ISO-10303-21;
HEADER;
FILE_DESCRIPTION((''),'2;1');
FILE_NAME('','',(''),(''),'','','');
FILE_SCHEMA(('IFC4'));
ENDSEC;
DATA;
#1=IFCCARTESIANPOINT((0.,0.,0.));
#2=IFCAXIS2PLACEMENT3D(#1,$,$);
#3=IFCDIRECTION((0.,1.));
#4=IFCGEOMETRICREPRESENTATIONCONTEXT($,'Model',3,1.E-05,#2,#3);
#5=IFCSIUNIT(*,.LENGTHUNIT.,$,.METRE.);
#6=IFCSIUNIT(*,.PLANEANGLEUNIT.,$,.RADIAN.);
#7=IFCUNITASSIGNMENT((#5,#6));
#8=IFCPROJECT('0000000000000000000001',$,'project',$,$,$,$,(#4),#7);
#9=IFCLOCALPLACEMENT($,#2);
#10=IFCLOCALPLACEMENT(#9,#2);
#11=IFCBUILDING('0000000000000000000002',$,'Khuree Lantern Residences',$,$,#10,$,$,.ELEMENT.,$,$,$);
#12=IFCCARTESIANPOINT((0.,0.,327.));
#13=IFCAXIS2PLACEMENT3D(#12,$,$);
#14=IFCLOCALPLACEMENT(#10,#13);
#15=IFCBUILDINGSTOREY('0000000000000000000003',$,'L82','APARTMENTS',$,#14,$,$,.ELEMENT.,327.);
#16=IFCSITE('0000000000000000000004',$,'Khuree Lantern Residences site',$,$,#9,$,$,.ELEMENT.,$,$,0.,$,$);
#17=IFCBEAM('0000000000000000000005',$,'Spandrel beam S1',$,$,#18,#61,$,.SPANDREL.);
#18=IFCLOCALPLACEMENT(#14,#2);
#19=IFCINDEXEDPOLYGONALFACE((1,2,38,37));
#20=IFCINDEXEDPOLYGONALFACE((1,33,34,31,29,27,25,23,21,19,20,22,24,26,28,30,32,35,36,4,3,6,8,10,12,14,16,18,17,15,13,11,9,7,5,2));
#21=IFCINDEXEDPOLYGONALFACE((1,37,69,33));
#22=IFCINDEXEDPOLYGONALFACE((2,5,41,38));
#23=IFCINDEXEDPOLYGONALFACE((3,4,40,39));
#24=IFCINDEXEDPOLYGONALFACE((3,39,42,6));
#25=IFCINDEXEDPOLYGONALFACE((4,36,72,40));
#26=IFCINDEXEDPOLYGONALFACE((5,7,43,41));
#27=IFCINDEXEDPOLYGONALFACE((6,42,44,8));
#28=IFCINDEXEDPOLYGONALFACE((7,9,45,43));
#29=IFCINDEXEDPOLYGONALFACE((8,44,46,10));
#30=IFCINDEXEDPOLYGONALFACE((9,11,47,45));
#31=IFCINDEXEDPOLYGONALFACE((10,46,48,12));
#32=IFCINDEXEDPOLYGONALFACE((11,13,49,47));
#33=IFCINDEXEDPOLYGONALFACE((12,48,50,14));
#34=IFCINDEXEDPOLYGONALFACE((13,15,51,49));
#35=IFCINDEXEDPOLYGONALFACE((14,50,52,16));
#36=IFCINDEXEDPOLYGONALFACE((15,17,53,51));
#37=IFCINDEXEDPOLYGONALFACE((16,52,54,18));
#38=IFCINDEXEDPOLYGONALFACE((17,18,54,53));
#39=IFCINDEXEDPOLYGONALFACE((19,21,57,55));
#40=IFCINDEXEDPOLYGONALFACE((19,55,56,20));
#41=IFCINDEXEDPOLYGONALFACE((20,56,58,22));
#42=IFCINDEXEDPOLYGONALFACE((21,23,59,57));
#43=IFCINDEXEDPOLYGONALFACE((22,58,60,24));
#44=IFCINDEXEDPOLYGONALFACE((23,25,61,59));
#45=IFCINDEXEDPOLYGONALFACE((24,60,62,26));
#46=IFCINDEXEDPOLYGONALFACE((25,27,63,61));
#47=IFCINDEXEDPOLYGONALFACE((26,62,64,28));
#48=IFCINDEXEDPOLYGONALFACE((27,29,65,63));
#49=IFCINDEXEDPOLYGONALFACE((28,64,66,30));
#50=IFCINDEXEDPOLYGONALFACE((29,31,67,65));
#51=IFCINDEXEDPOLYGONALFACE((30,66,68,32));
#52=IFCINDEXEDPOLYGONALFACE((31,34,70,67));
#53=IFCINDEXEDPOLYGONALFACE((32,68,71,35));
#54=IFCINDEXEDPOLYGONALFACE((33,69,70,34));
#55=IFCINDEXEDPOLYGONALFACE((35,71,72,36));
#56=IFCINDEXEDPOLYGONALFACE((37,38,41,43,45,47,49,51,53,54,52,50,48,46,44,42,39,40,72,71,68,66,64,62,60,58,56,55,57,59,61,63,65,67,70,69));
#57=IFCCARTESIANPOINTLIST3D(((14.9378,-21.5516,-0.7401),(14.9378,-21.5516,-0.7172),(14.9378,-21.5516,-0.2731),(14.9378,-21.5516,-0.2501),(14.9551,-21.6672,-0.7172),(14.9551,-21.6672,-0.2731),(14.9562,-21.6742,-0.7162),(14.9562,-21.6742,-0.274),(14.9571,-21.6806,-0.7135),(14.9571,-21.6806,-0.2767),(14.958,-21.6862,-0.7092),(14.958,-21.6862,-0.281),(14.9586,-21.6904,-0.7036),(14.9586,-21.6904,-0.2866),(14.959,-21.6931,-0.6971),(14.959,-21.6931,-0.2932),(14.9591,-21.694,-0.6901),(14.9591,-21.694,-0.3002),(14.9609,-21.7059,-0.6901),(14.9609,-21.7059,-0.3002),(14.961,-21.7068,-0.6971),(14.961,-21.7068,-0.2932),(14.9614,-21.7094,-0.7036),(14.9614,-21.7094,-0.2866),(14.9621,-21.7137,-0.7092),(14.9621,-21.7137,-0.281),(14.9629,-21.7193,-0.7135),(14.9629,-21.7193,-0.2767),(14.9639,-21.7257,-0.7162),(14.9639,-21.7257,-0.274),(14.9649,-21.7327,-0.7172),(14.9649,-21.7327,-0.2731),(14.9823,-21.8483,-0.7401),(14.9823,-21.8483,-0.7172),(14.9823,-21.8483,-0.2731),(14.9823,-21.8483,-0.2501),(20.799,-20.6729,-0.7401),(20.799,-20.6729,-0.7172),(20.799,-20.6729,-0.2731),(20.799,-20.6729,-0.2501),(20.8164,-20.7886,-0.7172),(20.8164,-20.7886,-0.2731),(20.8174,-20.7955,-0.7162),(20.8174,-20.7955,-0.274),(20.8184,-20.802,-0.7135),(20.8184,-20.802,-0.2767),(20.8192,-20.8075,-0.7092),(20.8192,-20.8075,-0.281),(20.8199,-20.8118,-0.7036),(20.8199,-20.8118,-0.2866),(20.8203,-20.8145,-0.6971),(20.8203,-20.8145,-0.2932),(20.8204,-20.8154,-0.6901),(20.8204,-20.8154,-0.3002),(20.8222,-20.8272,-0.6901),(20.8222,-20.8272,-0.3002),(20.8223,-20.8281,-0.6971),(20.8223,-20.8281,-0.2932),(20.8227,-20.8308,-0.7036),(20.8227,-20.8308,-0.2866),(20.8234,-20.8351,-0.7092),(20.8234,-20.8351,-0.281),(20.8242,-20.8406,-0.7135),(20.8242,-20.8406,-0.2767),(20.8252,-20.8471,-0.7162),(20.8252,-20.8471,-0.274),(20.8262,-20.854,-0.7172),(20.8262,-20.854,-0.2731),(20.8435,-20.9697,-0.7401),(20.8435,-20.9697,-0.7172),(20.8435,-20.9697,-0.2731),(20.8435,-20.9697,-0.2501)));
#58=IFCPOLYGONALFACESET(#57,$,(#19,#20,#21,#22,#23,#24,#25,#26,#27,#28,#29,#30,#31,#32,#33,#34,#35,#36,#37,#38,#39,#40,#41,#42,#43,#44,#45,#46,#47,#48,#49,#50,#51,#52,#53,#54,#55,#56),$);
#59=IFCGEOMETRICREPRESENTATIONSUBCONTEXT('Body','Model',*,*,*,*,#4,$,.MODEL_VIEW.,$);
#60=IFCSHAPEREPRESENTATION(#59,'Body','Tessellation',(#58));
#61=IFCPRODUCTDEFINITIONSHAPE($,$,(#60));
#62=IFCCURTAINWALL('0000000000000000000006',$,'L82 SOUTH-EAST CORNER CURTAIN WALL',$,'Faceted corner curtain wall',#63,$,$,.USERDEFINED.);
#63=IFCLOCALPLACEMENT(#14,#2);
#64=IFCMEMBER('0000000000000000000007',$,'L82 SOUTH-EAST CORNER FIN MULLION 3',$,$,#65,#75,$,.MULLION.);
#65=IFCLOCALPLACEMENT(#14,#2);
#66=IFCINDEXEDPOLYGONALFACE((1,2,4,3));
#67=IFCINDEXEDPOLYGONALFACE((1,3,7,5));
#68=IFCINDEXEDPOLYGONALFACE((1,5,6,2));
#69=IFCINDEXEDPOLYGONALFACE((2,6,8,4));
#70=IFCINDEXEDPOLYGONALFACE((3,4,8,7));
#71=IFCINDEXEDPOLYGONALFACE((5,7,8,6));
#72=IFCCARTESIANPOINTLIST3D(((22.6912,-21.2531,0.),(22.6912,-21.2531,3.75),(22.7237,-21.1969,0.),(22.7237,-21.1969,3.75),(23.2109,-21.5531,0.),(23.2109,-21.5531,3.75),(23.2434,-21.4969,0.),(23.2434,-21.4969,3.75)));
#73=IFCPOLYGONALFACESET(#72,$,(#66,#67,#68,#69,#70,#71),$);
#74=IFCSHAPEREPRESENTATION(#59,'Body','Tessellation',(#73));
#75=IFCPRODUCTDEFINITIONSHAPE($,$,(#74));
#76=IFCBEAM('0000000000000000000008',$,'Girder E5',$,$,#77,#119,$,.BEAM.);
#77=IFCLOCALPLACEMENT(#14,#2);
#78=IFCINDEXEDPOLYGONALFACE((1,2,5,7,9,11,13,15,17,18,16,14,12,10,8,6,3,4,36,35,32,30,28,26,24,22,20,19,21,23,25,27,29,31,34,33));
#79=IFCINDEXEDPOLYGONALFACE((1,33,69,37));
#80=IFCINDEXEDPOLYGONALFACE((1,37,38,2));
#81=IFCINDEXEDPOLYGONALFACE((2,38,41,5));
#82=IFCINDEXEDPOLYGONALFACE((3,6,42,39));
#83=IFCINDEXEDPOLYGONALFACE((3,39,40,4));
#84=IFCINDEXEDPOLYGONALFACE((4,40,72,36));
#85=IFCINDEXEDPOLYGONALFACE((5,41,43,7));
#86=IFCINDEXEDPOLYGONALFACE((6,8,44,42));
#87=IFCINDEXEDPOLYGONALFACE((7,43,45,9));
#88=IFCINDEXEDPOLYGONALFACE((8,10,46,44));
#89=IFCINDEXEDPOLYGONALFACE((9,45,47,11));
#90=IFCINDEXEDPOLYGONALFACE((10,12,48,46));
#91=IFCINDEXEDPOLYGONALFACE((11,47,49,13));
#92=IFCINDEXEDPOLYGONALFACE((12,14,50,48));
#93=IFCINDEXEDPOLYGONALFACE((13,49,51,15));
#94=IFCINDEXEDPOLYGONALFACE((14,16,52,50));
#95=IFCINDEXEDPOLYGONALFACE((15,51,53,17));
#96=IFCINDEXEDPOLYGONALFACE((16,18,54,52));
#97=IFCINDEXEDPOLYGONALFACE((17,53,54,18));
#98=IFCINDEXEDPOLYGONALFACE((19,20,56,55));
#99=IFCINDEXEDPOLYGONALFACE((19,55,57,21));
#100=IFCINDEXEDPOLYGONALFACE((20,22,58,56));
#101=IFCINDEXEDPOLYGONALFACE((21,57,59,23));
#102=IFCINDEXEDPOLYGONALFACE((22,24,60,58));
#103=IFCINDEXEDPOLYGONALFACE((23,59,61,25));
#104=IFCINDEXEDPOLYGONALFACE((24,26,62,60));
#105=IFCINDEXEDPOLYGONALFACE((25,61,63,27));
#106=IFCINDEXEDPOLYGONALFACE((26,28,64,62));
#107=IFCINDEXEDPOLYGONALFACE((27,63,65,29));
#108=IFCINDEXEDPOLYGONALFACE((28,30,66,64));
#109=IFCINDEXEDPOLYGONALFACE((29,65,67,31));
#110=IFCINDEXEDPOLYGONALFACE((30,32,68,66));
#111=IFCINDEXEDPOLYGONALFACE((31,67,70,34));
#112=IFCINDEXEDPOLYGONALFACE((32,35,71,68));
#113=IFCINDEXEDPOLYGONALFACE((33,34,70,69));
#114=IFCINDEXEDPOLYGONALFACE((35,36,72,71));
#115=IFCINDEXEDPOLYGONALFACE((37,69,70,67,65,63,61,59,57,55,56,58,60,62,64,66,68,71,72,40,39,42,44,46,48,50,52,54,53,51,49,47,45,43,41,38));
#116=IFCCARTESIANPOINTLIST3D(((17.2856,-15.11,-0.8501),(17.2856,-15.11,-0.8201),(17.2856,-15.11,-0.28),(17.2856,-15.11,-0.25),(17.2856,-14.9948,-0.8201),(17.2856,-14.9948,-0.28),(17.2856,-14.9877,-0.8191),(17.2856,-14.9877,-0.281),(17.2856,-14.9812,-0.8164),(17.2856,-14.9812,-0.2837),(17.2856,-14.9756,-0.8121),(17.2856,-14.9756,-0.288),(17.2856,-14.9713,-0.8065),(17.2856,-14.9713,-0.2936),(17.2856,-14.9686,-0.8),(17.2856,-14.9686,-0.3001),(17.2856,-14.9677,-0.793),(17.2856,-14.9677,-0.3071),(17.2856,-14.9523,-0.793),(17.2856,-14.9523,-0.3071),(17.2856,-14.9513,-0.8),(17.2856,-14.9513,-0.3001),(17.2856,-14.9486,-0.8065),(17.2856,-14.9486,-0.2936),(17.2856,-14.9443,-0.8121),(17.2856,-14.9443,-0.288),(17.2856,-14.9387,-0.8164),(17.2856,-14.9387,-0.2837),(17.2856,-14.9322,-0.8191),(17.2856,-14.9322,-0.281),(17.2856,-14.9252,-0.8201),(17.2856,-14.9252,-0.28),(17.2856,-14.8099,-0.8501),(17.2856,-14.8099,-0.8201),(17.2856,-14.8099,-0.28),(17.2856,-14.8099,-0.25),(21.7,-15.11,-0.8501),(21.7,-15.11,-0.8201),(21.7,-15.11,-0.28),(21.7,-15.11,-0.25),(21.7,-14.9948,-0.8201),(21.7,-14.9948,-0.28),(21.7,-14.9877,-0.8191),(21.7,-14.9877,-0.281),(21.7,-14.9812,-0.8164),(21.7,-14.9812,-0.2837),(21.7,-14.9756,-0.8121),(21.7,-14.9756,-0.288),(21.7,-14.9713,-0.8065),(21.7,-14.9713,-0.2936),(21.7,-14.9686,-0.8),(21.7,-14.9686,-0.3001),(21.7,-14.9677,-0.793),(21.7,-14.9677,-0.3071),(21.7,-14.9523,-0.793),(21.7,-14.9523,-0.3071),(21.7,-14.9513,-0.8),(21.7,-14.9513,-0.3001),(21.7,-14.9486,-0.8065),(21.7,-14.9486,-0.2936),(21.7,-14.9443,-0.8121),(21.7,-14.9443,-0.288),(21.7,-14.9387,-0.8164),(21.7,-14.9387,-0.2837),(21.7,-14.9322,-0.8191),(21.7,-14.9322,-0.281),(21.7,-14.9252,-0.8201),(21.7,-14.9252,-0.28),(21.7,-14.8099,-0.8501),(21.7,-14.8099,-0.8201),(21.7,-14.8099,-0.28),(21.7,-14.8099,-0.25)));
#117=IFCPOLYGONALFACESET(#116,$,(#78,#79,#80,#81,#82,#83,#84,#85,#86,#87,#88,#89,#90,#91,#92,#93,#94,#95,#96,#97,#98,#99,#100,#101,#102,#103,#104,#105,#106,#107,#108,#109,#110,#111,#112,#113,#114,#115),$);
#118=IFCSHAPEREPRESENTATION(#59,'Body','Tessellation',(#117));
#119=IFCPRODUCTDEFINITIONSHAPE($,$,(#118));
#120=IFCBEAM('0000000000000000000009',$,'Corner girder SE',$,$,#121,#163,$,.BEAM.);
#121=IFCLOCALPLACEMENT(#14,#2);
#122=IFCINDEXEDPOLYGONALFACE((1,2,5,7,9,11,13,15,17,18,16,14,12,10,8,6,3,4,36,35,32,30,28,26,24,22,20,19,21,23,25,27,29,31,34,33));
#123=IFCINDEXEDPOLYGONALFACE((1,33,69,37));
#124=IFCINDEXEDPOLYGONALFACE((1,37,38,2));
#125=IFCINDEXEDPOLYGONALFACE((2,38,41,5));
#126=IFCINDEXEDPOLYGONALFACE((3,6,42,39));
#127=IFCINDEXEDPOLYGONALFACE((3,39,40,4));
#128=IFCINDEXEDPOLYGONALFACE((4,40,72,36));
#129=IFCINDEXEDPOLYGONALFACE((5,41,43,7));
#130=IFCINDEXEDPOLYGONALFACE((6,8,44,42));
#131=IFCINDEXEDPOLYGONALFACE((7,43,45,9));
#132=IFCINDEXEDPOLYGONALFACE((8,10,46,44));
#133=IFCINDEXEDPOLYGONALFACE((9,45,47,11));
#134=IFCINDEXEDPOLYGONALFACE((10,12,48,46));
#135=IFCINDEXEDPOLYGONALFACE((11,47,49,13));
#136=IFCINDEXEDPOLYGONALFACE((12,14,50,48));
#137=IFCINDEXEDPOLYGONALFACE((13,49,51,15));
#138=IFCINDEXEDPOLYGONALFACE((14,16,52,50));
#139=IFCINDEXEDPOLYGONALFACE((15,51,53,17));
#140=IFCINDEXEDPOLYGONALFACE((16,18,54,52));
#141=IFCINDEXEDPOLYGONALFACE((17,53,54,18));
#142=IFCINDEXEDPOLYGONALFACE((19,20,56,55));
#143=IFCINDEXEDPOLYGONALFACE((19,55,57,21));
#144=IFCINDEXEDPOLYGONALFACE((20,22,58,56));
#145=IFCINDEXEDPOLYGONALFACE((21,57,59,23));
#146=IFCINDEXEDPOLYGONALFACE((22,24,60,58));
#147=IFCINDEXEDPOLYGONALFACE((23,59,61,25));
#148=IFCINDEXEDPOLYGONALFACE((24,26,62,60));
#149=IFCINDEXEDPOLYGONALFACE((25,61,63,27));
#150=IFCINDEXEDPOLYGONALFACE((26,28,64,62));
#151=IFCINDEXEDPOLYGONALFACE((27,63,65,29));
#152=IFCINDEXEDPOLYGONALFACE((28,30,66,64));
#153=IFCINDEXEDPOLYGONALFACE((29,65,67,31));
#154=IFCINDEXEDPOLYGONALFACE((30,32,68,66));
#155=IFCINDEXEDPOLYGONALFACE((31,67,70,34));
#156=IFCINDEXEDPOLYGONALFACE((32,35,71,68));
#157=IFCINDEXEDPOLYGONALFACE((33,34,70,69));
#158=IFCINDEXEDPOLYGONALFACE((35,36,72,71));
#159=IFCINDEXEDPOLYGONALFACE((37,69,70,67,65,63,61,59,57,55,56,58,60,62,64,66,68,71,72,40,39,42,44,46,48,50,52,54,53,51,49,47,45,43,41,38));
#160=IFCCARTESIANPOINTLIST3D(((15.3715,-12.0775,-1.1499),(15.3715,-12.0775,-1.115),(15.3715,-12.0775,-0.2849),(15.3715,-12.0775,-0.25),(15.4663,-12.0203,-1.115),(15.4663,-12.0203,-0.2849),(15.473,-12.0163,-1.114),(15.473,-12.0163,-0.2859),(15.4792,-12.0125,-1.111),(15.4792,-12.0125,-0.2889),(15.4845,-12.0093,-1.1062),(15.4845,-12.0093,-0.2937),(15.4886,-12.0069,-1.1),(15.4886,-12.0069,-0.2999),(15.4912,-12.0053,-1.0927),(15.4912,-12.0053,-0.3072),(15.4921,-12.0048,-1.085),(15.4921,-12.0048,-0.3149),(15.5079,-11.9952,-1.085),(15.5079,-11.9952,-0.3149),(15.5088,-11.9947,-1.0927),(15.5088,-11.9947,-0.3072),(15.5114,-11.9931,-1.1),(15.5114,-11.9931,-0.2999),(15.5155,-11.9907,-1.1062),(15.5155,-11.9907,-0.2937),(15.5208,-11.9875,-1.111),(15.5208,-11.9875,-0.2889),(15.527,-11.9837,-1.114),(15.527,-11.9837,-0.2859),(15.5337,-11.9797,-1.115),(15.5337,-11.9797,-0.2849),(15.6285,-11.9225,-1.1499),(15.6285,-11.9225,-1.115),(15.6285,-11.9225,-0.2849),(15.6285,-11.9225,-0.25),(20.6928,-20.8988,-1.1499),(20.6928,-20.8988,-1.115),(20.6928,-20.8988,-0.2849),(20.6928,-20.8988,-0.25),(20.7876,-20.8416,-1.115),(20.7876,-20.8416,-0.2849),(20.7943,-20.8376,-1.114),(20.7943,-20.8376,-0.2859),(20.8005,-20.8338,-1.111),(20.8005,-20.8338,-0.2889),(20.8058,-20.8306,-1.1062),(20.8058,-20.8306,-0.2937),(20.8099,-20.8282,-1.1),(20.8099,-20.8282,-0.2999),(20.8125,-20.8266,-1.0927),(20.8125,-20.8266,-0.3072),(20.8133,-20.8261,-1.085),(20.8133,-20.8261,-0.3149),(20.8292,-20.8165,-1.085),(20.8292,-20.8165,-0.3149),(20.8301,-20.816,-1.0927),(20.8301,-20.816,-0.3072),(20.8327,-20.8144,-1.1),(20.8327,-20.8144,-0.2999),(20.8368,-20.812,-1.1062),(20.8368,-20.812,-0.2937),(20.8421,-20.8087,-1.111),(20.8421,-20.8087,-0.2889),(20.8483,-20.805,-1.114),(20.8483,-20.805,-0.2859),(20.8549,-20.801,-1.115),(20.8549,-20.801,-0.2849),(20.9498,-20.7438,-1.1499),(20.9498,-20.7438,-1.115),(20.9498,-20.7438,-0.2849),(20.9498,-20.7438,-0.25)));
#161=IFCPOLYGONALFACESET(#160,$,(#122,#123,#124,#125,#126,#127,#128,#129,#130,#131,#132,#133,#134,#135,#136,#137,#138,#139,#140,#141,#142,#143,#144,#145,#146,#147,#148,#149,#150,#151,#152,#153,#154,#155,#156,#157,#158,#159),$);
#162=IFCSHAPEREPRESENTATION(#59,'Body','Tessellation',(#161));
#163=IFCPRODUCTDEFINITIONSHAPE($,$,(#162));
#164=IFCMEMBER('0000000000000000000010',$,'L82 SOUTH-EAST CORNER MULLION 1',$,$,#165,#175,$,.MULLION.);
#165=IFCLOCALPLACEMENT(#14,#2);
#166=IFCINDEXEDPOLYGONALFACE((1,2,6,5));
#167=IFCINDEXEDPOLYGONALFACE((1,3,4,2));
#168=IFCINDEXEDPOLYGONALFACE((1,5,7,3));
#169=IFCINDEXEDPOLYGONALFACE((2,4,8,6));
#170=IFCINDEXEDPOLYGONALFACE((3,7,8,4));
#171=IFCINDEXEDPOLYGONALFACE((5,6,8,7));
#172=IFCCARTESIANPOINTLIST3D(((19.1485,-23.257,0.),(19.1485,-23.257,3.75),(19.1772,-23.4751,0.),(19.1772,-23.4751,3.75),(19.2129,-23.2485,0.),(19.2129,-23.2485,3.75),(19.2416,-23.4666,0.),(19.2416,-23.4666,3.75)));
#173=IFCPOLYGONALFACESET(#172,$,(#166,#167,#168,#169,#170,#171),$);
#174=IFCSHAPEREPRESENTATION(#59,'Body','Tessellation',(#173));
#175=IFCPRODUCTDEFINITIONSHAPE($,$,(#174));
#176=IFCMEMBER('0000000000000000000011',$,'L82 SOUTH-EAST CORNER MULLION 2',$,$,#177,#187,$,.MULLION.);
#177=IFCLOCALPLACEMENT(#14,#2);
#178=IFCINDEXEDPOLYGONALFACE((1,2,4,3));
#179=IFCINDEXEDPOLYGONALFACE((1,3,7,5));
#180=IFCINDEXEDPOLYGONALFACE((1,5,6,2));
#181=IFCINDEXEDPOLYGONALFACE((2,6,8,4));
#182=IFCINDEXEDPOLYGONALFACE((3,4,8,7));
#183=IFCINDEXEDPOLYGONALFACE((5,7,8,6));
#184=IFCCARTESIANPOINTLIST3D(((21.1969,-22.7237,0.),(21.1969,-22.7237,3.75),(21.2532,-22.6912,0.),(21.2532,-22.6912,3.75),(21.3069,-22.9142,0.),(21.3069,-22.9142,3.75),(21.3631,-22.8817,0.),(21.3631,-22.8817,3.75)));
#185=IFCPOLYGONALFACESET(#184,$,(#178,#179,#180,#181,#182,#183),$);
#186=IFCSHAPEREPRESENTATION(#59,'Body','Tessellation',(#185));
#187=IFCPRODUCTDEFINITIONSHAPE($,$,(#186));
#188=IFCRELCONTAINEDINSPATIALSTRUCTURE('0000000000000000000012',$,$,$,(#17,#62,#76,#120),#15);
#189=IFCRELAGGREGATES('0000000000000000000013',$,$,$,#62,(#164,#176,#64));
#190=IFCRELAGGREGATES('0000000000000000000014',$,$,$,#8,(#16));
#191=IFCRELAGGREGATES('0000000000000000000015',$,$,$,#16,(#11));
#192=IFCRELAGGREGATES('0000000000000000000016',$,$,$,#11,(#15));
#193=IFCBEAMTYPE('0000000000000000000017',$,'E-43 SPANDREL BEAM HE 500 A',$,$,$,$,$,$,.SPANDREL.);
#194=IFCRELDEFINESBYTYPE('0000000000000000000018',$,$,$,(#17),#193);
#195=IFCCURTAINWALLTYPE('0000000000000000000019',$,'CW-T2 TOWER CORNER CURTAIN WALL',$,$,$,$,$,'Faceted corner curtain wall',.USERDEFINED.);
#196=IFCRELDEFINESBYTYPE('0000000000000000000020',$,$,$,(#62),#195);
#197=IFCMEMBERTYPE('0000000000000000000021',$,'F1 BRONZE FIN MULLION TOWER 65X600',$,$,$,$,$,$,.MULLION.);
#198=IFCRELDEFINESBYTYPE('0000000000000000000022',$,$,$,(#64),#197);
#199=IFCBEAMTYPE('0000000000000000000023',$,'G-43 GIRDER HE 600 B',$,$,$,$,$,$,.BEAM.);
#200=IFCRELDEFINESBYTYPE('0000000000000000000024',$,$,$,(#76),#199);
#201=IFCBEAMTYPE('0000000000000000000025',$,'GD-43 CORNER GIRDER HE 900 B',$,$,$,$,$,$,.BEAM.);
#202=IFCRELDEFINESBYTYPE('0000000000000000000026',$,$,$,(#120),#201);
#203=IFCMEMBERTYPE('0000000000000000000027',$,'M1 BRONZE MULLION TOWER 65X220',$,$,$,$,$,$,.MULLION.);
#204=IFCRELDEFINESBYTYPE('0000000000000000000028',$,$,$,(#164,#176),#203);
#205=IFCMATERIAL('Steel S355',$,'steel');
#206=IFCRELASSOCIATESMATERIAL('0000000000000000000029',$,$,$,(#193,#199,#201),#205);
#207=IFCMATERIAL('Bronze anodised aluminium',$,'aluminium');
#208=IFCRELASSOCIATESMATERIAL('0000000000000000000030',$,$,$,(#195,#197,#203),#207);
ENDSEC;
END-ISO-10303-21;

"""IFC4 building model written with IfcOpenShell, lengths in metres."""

from ifc_helpers import new_model, si_unit, direction, frame, origin, origin_2d, place, context, subcontext, project, spatial, rectangle, i_section, extrude, material, material_profile, profile_set, type_object, element, aggregate, save


model = new_model("IFC4")

# Units and contexts
model_context = context("Model", 3, precision=1e-05, world=origin(), true_north=direction((0.0, 1.0)))
body_context = subcontext(model_context, "Body", "Model", "MODEL_VIEW")
ifc_project = project(units=[si_unit("LENGTHUNIT", "METRE"), si_unit("PLANEANGLEUNIT", "RADIAN")], contexts=[model_context])

# Site, building, storey
site_placement = place(None, origin())
site = spatial("IfcSite", under=ifc_project, at=site_placement, Name="Khuree Lantern Residences site", CompositionType="ELEMENT", RefElevation=0.0)
building_placement = place(site_placement, origin())
building = spatial("IfcBuilding", under=site, at=building_placement, Name="Khuree Lantern Residences", CompositionType="ELEMENT")
storey_placement = place(building_placement, frame((0.0, 0.0, 327.0)))
storey = spatial("IfcBuildingStorey", under=building, at=storey_placement, Name="L82", Description="APARTMENTS", CompositionType="ELEMENT", Elevation=327.0)

# Beam
ifc_material_1 = material(Name="Steel S355", Category="steel")
ifc_material_profile_1 = material_profile(ifc_material_1, i_section(OverallWidth=0.3, OverallDepth=0.49, WebThickness=0.012, FlangeThickness=0.0229, FilletRadius=0.0271, at=origin_2d()), Name="HE 500 A")
ifc_profile_set_1 = profile_set([ifc_material_profile_1], Name="Steel S355")
beam_type_1 = type_object("IfcBeamType", Name="E-43 SPANDREL BEAM HE 500 A", PredefinedType="SPANDREL", material=ifc_profile_set_1)
for number, where, z_axis, x_axis, name in (
    (1, (20.8213, -20.8213, -0.4951), (-0.98895, -0.148252, 0.0), (0.148252, -0.98895, 0.0), "Spandrel beam S1"),
):
    element("IfcBeam", number, at=place(storey_placement, frame(where, z_axis=z_axis, x_axis=x_axis)), inside=storey, type_object=beam_type_1, Name=name, PredefinedType="SPANDREL", context=body_context, shape_type="SweptSolid", body=[
        extrude(i_section(OverallWidth=0.3, OverallDepth=0.49, WebThickness=0.012, FlangeThickness=0.0229, FilletRadius=0.0271, at=origin_2d()), origin(), (0.0, 0.0, 1.0), 5.9268),
    ])

# Curtain wall, member
ifc_material_2 = material(Name="Bronze anodised aluminium", Category="aluminium")
curtain_wall_type_1 = type_object("IfcCurtainWallType", Name="CW-T2 TOWER CORNER CURTAIN WALL", ElementType="Faceted corner curtain wall", PredefinedType="USERDEFINED", material=ifc_material_2)
curtain_wall_1_placement = place(storey_placement, origin())
curtain_wall_1 = element("IfcCurtainWall", 2, at=curtain_wall_1_placement, inside=storey, type_object=curtain_wall_type_1, Name="L82 SOUTH-EAST CORNER CURTAIN WALL", ObjectType="Faceted corner curtain wall", PredefinedType="USERDEFINED")
ifc_material_profile_2 = material_profile(ifc_material_2, rectangle(XDim=0.0649, YDim=0.6001, at=origin_2d()), Name="F1 65X600")
ifc_profile_set_2 = profile_set([ifc_material_profile_2], Name="Bronze anodised aluminium")
member_type_1 = type_object("IfcMemberType", Name="F1 BRONZE FIN MULLION TOWER 65X600", PredefinedType="MULLION", material=ifc_profile_set_2)
member_1_placement = place(storey_placement, frame((22.9673, -21.375, 0.0), z_axis=(0.0, 0.0, 1.0), x_axis=(0.5, 0.866025, 0.0)))
member_1 = element("IfcMember", 3, at=member_1_placement, type_object=member_type_1, Name="L82 SOUTH-EAST CORNER FIN MULLION 3", PredefinedType="MULLION", context=body_context, shape_type="SweptSolid", body=[
    extrude(rectangle(XDim=0.0649, YDim=0.6001, at=origin_2d()), origin(), (0.0, 0.0, 1.0), 3.75),
])

# Beams
ifc_material_profile_3 = material_profile(ifc_material_1, i_section(OverallWidth=0.3, OverallDepth=0.6001, WebThickness=0.0154, FlangeThickness=0.03, FilletRadius=0.0271, at=origin_2d()), Name="HE 600 B")
ifc_profile_set_3 = profile_set([ifc_material_profile_3], Name="Steel S355")
beam_type_2 = type_object("IfcBeamType", Name="G-43 GIRDER HE 600 B", PredefinedType="BEAM", material=ifc_profile_set_3)
beam_1_placement = place(storey_placement, frame((21.7, -14.96, -0.55), z_axis=(-1.0, 0.0, 0.0), x_axis=(0.0, -1.0, 0.0)))
element("IfcBeam", 4, at=beam_1_placement, inside=storey, type_object=beam_type_2, Name="Girder E5", PredefinedType="BEAM", context=body_context, shape_type="SweptSolid", body=[
    extrude(i_section(OverallWidth=0.3, OverallDepth=0.6001, WebThickness=0.0154, FlangeThickness=0.03, FilletRadius=0.0271, at=origin_2d()), origin(), (0.0, 0.0, 1.0), 4.4143),
])
ifc_material_profile_4 = material_profile(ifc_material_1, i_section(OverallWidth=0.3, OverallDepth=0.8999, WebThickness=0.0186, FlangeThickness=0.0349, FilletRadius=0.03, at=origin_2d()), Name="HE 900 B")
ifc_profile_set_4 = profile_set([ifc_material_profile_4], Name="Steel S355")
beam_type_3 = type_object("IfcBeamType", Name="GD-43 CORNER GIRDER HE 900 B", PredefinedType="BEAM", material=ifc_profile_set_4)
beam_2_placement = place(storey_placement, frame((20.8213, -20.8213, -0.7), z_axis=(-0.51653, 0.856269, 0.0), x_axis=(-0.856269, -0.51653, 0.0)))
element("IfcBeam", 5, at=beam_2_placement, inside=storey, type_object=beam_type_3, Name="Corner girder SE", PredefinedType="BEAM", context=body_context, shape_type="SweptSolid", body=[
    extrude(i_section(OverallWidth=0.3, OverallDepth=0.8999, WebThickness=0.0186, FlangeThickness=0.0349, FilletRadius=0.03, at=origin_2d()), origin(), (0.0, 0.0, 1.0), 10.302),
])

# Members
ifc_material_profile_5 = material_profile(ifc_material_2, rectangle(XDim=0.0649, YDim=0.22, at=origin_2d()), Name="M1 65X220")
ifc_profile_set_5 = profile_set([ifc_material_profile_5], Name="Bronze anodised aluminium")
member_type_2 = type_object("IfcMemberType", Name="M1 BRONZE MULLION TOWER 65X220", PredefinedType="MULLION", material=ifc_profile_set_5)
member_2_placement = place(storey_placement, frame((19.1951, -23.3618, 0.0), z_axis=(0.0, 0.0, 1.0), x_axis=(0.991445, 0.130526, 0.0)))
member_2 = element("IfcMember", 6, at=member_2_placement, type_object=member_type_2, Name="L82 SOUTH-EAST CORNER MULLION 1", PredefinedType="MULLION", context=body_context, shape_type="SweptSolid", body=[
    extrude(rectangle(XDim=0.0649, YDim=0.22, at=origin_2d()), origin(), (0.0, 0.0, 1.0), 3.75),
])
member_3_placement = place(storey_placement, frame((21.28, -22.8027, 0.0), z_axis=(0.0, 0.0, 1.0), x_axis=(0.866025, 0.5, 0.0)))
member_3 = element("IfcMember", 7, at=member_3_placement, type_object=member_type_2, Name="L82 SOUTH-EAST CORNER MULLION 2", PredefinedType="MULLION", context=body_context, shape_type="SweptSolid", body=[
    extrude(rectangle(XDim=0.0649, YDim=0.22, at=origin_2d()), origin(), (0.0, 0.0, 1.0), 3.75),
])

aggregate(curtain_wall_1, [member_2, member_3, member_1])

save(model, "model.ifc")
